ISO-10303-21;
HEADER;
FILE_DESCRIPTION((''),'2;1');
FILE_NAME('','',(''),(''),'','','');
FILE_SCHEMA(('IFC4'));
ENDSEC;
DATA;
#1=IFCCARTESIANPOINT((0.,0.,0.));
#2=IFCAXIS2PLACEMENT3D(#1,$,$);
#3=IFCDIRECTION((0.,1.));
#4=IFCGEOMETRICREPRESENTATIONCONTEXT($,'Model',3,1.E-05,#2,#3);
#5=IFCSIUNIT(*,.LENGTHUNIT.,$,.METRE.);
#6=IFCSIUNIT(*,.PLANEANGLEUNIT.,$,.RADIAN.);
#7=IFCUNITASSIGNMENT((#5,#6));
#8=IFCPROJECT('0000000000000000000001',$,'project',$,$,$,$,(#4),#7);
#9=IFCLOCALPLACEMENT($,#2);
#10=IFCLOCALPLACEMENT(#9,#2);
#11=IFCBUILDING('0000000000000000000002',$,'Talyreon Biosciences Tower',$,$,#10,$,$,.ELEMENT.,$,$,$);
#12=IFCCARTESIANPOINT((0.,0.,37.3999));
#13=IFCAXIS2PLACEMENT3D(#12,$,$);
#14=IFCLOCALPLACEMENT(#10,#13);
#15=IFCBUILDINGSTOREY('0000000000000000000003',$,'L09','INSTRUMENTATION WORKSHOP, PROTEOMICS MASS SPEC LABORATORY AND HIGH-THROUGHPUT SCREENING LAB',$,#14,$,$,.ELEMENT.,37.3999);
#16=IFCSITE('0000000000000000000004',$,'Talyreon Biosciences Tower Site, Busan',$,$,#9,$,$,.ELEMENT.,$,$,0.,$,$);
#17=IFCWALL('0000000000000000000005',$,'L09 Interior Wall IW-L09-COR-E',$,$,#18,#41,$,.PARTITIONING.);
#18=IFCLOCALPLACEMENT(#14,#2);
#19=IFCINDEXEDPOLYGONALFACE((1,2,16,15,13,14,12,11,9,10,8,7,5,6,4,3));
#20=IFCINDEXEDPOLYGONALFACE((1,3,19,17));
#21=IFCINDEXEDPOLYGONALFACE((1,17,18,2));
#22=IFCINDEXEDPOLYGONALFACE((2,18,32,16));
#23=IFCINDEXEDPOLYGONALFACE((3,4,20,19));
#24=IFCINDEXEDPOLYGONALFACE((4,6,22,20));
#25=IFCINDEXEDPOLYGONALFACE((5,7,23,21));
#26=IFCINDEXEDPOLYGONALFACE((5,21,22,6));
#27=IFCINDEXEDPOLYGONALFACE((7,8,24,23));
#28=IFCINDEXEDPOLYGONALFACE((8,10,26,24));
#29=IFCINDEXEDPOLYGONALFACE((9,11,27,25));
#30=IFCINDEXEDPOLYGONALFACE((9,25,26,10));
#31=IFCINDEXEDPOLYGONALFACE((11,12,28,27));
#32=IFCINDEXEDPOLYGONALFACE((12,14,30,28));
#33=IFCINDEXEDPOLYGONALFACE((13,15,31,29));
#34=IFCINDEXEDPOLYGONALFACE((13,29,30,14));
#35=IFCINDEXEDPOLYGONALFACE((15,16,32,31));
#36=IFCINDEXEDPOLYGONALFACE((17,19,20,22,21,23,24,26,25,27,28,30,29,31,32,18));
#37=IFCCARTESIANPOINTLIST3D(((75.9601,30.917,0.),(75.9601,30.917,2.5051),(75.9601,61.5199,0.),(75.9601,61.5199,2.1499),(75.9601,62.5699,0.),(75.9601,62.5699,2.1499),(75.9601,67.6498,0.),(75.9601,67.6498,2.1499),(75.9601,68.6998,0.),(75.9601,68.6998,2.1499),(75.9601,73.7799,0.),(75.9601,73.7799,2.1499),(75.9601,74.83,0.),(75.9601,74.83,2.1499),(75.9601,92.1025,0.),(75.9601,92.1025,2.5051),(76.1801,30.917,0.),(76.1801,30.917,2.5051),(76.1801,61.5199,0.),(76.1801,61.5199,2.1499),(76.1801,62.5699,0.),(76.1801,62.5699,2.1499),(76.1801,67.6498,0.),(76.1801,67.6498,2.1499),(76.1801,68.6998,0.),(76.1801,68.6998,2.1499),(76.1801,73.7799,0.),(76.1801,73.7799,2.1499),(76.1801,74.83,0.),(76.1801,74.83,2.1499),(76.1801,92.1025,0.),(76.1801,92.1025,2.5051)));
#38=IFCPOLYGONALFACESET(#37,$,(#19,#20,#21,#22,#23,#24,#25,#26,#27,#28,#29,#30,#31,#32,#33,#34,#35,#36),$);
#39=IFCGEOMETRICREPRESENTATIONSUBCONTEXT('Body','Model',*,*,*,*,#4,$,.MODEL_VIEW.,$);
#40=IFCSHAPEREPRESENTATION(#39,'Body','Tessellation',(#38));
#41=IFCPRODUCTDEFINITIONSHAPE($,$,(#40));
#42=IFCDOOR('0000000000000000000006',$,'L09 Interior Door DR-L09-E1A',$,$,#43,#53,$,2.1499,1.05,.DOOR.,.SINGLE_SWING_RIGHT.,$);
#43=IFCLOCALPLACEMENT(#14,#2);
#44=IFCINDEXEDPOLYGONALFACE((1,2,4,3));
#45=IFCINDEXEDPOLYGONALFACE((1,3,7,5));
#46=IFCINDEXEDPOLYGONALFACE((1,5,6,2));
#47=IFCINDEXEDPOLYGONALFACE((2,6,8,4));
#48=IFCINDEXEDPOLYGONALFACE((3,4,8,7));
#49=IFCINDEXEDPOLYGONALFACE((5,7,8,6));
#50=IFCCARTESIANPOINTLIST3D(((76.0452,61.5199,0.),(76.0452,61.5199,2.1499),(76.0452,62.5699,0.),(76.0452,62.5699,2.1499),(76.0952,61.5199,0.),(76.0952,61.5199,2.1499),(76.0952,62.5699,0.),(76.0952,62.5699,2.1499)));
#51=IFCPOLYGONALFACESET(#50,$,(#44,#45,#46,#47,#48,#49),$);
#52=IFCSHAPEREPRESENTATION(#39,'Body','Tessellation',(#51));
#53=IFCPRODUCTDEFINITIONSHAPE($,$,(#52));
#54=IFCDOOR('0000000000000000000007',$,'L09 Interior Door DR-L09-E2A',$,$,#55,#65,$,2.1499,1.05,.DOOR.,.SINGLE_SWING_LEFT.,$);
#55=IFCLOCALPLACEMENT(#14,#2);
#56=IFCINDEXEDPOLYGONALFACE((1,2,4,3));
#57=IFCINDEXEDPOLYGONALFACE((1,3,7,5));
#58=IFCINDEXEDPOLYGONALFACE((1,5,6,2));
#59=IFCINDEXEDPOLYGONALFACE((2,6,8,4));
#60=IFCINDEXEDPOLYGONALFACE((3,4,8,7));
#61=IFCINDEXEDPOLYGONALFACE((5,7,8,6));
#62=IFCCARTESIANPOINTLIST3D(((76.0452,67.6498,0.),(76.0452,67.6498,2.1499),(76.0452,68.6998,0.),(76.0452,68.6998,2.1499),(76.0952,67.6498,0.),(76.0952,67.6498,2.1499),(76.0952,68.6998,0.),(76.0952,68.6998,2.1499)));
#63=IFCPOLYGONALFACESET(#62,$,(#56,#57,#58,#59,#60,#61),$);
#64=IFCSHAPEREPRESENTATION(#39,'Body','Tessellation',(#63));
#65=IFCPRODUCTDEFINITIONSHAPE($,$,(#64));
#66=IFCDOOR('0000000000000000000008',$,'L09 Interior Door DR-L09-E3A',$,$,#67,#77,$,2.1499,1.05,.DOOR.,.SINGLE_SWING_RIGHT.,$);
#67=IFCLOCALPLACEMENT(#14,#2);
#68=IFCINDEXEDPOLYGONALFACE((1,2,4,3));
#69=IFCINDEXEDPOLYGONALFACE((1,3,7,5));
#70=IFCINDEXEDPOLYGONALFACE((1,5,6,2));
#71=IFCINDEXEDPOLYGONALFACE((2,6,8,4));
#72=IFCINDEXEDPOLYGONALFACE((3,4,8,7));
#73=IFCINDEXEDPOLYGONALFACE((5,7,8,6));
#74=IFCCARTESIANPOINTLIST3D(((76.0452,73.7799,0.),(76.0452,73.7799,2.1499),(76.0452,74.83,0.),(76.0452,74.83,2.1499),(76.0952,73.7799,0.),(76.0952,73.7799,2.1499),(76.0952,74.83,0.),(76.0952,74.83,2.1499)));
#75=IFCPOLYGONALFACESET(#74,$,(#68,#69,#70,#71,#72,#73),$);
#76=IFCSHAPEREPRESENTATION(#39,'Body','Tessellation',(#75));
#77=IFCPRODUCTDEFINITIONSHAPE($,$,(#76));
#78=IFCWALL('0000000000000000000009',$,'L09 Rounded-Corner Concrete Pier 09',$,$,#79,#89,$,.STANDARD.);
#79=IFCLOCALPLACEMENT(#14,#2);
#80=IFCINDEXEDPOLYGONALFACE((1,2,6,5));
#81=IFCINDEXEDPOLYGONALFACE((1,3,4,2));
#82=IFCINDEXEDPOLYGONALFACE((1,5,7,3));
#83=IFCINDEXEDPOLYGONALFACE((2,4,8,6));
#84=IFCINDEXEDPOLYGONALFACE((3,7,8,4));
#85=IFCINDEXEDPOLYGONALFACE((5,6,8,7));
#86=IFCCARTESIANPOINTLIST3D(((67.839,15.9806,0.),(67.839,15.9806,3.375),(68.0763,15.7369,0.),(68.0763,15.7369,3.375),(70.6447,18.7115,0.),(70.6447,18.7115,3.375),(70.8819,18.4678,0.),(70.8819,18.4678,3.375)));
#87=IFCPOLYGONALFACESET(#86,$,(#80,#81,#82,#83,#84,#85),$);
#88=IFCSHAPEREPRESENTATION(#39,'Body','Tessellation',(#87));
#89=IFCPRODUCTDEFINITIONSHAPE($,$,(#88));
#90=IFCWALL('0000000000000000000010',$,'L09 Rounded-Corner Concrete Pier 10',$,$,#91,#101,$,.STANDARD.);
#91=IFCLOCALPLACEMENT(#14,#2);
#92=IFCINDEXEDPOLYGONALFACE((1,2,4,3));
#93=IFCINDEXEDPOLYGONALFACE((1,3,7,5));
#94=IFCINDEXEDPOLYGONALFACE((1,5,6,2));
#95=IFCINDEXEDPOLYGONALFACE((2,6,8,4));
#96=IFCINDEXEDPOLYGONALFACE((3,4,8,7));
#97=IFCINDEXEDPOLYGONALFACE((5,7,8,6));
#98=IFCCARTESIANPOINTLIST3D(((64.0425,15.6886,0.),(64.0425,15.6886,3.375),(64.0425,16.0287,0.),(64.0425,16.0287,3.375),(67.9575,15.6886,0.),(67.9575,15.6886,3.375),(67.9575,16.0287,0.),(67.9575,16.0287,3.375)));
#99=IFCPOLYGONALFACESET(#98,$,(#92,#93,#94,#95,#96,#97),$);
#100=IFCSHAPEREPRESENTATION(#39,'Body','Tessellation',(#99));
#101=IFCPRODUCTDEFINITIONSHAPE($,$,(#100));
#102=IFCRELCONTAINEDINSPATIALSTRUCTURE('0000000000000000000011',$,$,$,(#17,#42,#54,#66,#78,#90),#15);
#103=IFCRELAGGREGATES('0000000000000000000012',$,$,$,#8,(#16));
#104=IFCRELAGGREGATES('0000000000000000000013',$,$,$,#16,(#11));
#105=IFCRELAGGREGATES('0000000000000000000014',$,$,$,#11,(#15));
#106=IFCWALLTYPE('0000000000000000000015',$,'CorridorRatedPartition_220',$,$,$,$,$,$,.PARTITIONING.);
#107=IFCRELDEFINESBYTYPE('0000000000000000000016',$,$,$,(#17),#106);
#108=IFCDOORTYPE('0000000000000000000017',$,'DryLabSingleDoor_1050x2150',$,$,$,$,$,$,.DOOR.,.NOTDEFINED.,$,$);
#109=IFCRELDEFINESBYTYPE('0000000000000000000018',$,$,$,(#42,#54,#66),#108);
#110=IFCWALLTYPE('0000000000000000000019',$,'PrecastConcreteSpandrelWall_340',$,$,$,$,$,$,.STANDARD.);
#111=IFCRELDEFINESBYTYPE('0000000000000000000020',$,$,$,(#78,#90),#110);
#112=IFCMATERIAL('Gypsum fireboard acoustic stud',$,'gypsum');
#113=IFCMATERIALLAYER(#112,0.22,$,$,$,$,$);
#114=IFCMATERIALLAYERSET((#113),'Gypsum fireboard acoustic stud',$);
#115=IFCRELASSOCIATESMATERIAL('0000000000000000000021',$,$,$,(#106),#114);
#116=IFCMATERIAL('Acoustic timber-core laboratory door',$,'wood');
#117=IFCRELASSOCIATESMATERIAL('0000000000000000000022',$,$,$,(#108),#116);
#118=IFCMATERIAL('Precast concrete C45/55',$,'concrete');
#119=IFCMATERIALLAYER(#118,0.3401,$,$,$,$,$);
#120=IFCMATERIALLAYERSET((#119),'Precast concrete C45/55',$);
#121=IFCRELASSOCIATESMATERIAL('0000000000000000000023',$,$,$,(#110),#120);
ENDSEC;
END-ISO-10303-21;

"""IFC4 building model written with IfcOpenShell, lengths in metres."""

from ifc_helpers import new_model, si_unit, direction, frame, frame_2d, origin, place, context, subcontext, project, spatial, rectangle, extrude, material, layer, layer_set, type_object, element, fill, save


model = new_model("IFC4")

# Units and contexts
model_context = context("Model", 3, precision=1e-05, world=origin(), true_north=direction((0.0, 1.0)))
body_context = subcontext(model_context, "Body", "Model", "MODEL_VIEW")
ifc_project = project(units=[si_unit("LENGTHUNIT", "METRE"), si_unit("PLANEANGLEUNIT", "RADIAN")], contexts=[model_context])

# Site, building, storey
site_placement = place(None, origin())
site = spatial("IfcSite", under=ifc_project, at=site_placement, Name="Talyreon Biosciences Tower Site, Busan", CompositionType="ELEMENT", RefElevation=0.0)
building_placement = place(site_placement, origin())
building = spatial("IfcBuilding", under=site, at=building_placement, Name="Talyreon Biosciences Tower", CompositionType="ELEMENT")
storey_placement = place(building_placement, frame((0.0, 0.0, 37.3999)))
storey = spatial("IfcBuildingStorey", under=building, at=storey_placement, Name="L09", Description="INSTRUMENTATION WORKSHOP, PROTEOMICS MASS SPEC LABORATORY AND HIGH-THROUGHPUT SCREENING LAB", CompositionType="ELEMENT", Elevation=37.3999)

# Shared definitions
ifc_material_1 = material(Name="Precast concrete C45/55", Category="concrete")

# Wall, openings, doors
ifc_material_2 = material(Name="Gypsum fireboard acoustic stud", Category="gypsum")
ifc_layer_1 = layer(ifc_material_2, 0.22)
ifc_layer_set_1 = layer_set([ifc_layer_1], Name="Gypsum fireboard acoustic stud")
wall_type_1 = type_object("IfcWallType", Name="CorridorRatedPartition_220", PredefinedType="PARTITIONING", material=ifc_layer_set_1)
wall_1_placement = place(storey_placement, frame((76.0701, 30.917, 0.0), z_axis=(0.0, 0.0, 1.0), x_axis=(0.0, 1.0, 0.0)))
wall_1 = element("IfcWall", 1, at=wall_1_placement, inside=storey, type_object=wall_type_1, Name="L09 Interior Wall IW-L09-COR-E", PredefinedType="PARTITIONING", context=body_context, shape_type="SweptSolid", body=[
    extrude(rectangle(XDim=61.1855, YDim=0.22, at=frame_2d((30.5928, 0.0))), origin(), (0.0, 0.0, 1.0), 2.5051),
])
opening_1_placement = place(wall_1_placement, frame((30.603, 0.0, 0.0)))
opening_1 = element("IfcOpeningElement", 2, at=opening_1_placement, cuts=wall_1, PredefinedType="OPENING", context=body_context, shape_type="SweptSolid", body=[
    extrude(rectangle(XDim=1.05, YDim=2.1499, at=frame_2d((0.5249, 1.075))), frame((0.0, 0.1199, 0.0), z_axis=(0.0, -1.0, 0.0), x_axis=(1.0, 0.0, 0.0)), (0.0, 0.0, 1.0), 0.24),
])
opening_2_placement = place(wall_1_placement, frame((36.7329, 0.0, 0.0)))
opening_2 = element("IfcOpeningElement", 3, at=opening_2_placement, cuts=wall_1, PredefinedType="OPENING", context=body_context, shape_type="SweptSolid", body=[
    extrude(rectangle(XDim=1.05, YDim=2.1499, at=frame_2d((0.5249, 1.075))), frame((0.0, 0.1199, 0.0), z_axis=(0.0, -1.0, 0.0), x_axis=(1.0, 0.0, 0.0)), (0.0, 0.0, 1.0), 0.24),
])
opening_3_placement = place(wall_1_placement, frame((42.863, 0.0, 0.0)))
opening_3 = element("IfcOpeningElement", 4, at=opening_3_placement, cuts=wall_1, PredefinedType="OPENING", context=body_context, shape_type="SweptSolid", body=[
    extrude(rectangle(XDim=1.05, YDim=2.1499, at=frame_2d((0.5249, 1.075))), frame((0.0, 0.1199, 0.0), z_axis=(0.0, -1.0, 0.0), x_axis=(1.0, 0.0, 0.0)), (0.0, 0.0, 1.0), 0.24),
])
ifc_material_3 = material(Name="Acoustic timber-core laboratory door", Category="wood")
door_type = type_object("IfcDoorType", Name="DryLabSingleDoor_1050x2150", OperationType="NOTDEFINED", PredefinedType="DOOR", material=ifc_material_3)
door_1_placement = place(opening_1_placement, origin())
door_1 = element("IfcDoor", 5, at=door_1_placement, inside=storey, type_object=door_type, Name="L09 Interior Door DR-L09-E1A", OperationType="SINGLE_SWING_RIGHT", OverallHeight=2.1499, OverallWidth=1.05, PredefinedType="DOOR", context=body_context, shape_type="SweptSolid", body=[
    extrude(rectangle(XDim=1.05, YDim=2.1499, at=frame_2d((0.5249, 1.075))), frame((0.0, 0.0249, 0.0), z_axis=(0.0, -1.0, 0.0), x_axis=(1.0, 0.0, 0.0)), (0.0, 0.0, 1.0), 0.05),
])
fill(opening_1, door_1)
door_2_placement = place(opening_2_placement, origin())
door_2 = element("IfcDoor", 6, at=door_2_placement, inside=storey, type_object=door_type, Name="L09 Interior Door DR-L09-E2A", OperationType="SINGLE_SWING_LEFT", OverallHeight=2.1499, OverallWidth=1.05, PredefinedType="DOOR", context=body_context, shape_type="SweptSolid", body=[
    extrude(rectangle(XDim=1.05, YDim=2.1499, at=frame_2d((0.5249, 1.075))), frame((0.0, 0.0249, 0.0), z_axis=(0.0, -1.0, 0.0), x_axis=(1.0, 0.0, 0.0)), (0.0, 0.0, 1.0), 0.05),
])
fill(opening_2, door_2)
door_3_placement = place(opening_3_placement, origin())
door_3 = element("IfcDoor", 7, at=door_3_placement, inside=storey, type_object=door_type, Name="L09 Interior Door DR-L09-E3A", OperationType="SINGLE_SWING_RIGHT", OverallHeight=2.1499, OverallWidth=1.05, PredefinedType="DOOR", context=body_context, shape_type="SweptSolid", body=[
    extrude(rectangle(XDim=1.05, YDim=2.1499, at=frame_2d((0.5249, 1.075))), frame((0.0, 0.0249, 0.0), z_axis=(0.0, -1.0, 0.0), x_axis=(1.0, 0.0, 0.0)), (0.0, 0.0, 1.0), 0.05),
])
fill(opening_3, door_3)

# Walls
ifc_layer_2 = layer(ifc_material_1, 0.3401)
ifc_layer_set_2 = layer_set([ifc_layer_2], Name="Precast concrete C45/55")
wall_type_2 = type_object("IfcWallType", Name="PrecastConcreteSpandrelWall_340", PredefinedType="STANDARD", material=ifc_layer_set_2)
wall_2_placement = place(storey_placement, frame((70.7632, 18.5896, 0.0), z_axis=(0.0, 0.0, 1.0), x_axis=(-0.716583, -0.697502, 0.0)))
element("IfcWall", 8, at=wall_2_placement, inside=storey, type_object=wall_type_2, Name="L09 Rounded-Corner Concrete Pier 09", PredefinedType="STANDARD", context=body_context, shape_type="SweptSolid", body=[
    extrude(rectangle(XDim=3.9153, YDim=0.3401, at=frame_2d((1.9575, 0.0))), origin(), (0.0, 0.0, 1.0), 3.375),
])
wall_3_placement = place(storey_placement, frame((67.9575, 15.8586, 0.0), z_axis=(0.0, 0.0, 1.0), x_axis=(-1.0, 0.0, 0.0)))
element("IfcWall", 9, at=wall_3_placement, inside=storey, type_object=wall_type_2, Name="L09 Rounded-Corner Concrete Pier 10", PredefinedType="STANDARD", context=body_context, shape_type="SweptSolid", body=[
    extrude(rectangle(XDim=3.915, YDim=0.3401, at=frame_2d((1.9575, 0.0))), origin(), (0.0, 0.0, 1.0), 3.375),
])

save(model, "model.ifc")
